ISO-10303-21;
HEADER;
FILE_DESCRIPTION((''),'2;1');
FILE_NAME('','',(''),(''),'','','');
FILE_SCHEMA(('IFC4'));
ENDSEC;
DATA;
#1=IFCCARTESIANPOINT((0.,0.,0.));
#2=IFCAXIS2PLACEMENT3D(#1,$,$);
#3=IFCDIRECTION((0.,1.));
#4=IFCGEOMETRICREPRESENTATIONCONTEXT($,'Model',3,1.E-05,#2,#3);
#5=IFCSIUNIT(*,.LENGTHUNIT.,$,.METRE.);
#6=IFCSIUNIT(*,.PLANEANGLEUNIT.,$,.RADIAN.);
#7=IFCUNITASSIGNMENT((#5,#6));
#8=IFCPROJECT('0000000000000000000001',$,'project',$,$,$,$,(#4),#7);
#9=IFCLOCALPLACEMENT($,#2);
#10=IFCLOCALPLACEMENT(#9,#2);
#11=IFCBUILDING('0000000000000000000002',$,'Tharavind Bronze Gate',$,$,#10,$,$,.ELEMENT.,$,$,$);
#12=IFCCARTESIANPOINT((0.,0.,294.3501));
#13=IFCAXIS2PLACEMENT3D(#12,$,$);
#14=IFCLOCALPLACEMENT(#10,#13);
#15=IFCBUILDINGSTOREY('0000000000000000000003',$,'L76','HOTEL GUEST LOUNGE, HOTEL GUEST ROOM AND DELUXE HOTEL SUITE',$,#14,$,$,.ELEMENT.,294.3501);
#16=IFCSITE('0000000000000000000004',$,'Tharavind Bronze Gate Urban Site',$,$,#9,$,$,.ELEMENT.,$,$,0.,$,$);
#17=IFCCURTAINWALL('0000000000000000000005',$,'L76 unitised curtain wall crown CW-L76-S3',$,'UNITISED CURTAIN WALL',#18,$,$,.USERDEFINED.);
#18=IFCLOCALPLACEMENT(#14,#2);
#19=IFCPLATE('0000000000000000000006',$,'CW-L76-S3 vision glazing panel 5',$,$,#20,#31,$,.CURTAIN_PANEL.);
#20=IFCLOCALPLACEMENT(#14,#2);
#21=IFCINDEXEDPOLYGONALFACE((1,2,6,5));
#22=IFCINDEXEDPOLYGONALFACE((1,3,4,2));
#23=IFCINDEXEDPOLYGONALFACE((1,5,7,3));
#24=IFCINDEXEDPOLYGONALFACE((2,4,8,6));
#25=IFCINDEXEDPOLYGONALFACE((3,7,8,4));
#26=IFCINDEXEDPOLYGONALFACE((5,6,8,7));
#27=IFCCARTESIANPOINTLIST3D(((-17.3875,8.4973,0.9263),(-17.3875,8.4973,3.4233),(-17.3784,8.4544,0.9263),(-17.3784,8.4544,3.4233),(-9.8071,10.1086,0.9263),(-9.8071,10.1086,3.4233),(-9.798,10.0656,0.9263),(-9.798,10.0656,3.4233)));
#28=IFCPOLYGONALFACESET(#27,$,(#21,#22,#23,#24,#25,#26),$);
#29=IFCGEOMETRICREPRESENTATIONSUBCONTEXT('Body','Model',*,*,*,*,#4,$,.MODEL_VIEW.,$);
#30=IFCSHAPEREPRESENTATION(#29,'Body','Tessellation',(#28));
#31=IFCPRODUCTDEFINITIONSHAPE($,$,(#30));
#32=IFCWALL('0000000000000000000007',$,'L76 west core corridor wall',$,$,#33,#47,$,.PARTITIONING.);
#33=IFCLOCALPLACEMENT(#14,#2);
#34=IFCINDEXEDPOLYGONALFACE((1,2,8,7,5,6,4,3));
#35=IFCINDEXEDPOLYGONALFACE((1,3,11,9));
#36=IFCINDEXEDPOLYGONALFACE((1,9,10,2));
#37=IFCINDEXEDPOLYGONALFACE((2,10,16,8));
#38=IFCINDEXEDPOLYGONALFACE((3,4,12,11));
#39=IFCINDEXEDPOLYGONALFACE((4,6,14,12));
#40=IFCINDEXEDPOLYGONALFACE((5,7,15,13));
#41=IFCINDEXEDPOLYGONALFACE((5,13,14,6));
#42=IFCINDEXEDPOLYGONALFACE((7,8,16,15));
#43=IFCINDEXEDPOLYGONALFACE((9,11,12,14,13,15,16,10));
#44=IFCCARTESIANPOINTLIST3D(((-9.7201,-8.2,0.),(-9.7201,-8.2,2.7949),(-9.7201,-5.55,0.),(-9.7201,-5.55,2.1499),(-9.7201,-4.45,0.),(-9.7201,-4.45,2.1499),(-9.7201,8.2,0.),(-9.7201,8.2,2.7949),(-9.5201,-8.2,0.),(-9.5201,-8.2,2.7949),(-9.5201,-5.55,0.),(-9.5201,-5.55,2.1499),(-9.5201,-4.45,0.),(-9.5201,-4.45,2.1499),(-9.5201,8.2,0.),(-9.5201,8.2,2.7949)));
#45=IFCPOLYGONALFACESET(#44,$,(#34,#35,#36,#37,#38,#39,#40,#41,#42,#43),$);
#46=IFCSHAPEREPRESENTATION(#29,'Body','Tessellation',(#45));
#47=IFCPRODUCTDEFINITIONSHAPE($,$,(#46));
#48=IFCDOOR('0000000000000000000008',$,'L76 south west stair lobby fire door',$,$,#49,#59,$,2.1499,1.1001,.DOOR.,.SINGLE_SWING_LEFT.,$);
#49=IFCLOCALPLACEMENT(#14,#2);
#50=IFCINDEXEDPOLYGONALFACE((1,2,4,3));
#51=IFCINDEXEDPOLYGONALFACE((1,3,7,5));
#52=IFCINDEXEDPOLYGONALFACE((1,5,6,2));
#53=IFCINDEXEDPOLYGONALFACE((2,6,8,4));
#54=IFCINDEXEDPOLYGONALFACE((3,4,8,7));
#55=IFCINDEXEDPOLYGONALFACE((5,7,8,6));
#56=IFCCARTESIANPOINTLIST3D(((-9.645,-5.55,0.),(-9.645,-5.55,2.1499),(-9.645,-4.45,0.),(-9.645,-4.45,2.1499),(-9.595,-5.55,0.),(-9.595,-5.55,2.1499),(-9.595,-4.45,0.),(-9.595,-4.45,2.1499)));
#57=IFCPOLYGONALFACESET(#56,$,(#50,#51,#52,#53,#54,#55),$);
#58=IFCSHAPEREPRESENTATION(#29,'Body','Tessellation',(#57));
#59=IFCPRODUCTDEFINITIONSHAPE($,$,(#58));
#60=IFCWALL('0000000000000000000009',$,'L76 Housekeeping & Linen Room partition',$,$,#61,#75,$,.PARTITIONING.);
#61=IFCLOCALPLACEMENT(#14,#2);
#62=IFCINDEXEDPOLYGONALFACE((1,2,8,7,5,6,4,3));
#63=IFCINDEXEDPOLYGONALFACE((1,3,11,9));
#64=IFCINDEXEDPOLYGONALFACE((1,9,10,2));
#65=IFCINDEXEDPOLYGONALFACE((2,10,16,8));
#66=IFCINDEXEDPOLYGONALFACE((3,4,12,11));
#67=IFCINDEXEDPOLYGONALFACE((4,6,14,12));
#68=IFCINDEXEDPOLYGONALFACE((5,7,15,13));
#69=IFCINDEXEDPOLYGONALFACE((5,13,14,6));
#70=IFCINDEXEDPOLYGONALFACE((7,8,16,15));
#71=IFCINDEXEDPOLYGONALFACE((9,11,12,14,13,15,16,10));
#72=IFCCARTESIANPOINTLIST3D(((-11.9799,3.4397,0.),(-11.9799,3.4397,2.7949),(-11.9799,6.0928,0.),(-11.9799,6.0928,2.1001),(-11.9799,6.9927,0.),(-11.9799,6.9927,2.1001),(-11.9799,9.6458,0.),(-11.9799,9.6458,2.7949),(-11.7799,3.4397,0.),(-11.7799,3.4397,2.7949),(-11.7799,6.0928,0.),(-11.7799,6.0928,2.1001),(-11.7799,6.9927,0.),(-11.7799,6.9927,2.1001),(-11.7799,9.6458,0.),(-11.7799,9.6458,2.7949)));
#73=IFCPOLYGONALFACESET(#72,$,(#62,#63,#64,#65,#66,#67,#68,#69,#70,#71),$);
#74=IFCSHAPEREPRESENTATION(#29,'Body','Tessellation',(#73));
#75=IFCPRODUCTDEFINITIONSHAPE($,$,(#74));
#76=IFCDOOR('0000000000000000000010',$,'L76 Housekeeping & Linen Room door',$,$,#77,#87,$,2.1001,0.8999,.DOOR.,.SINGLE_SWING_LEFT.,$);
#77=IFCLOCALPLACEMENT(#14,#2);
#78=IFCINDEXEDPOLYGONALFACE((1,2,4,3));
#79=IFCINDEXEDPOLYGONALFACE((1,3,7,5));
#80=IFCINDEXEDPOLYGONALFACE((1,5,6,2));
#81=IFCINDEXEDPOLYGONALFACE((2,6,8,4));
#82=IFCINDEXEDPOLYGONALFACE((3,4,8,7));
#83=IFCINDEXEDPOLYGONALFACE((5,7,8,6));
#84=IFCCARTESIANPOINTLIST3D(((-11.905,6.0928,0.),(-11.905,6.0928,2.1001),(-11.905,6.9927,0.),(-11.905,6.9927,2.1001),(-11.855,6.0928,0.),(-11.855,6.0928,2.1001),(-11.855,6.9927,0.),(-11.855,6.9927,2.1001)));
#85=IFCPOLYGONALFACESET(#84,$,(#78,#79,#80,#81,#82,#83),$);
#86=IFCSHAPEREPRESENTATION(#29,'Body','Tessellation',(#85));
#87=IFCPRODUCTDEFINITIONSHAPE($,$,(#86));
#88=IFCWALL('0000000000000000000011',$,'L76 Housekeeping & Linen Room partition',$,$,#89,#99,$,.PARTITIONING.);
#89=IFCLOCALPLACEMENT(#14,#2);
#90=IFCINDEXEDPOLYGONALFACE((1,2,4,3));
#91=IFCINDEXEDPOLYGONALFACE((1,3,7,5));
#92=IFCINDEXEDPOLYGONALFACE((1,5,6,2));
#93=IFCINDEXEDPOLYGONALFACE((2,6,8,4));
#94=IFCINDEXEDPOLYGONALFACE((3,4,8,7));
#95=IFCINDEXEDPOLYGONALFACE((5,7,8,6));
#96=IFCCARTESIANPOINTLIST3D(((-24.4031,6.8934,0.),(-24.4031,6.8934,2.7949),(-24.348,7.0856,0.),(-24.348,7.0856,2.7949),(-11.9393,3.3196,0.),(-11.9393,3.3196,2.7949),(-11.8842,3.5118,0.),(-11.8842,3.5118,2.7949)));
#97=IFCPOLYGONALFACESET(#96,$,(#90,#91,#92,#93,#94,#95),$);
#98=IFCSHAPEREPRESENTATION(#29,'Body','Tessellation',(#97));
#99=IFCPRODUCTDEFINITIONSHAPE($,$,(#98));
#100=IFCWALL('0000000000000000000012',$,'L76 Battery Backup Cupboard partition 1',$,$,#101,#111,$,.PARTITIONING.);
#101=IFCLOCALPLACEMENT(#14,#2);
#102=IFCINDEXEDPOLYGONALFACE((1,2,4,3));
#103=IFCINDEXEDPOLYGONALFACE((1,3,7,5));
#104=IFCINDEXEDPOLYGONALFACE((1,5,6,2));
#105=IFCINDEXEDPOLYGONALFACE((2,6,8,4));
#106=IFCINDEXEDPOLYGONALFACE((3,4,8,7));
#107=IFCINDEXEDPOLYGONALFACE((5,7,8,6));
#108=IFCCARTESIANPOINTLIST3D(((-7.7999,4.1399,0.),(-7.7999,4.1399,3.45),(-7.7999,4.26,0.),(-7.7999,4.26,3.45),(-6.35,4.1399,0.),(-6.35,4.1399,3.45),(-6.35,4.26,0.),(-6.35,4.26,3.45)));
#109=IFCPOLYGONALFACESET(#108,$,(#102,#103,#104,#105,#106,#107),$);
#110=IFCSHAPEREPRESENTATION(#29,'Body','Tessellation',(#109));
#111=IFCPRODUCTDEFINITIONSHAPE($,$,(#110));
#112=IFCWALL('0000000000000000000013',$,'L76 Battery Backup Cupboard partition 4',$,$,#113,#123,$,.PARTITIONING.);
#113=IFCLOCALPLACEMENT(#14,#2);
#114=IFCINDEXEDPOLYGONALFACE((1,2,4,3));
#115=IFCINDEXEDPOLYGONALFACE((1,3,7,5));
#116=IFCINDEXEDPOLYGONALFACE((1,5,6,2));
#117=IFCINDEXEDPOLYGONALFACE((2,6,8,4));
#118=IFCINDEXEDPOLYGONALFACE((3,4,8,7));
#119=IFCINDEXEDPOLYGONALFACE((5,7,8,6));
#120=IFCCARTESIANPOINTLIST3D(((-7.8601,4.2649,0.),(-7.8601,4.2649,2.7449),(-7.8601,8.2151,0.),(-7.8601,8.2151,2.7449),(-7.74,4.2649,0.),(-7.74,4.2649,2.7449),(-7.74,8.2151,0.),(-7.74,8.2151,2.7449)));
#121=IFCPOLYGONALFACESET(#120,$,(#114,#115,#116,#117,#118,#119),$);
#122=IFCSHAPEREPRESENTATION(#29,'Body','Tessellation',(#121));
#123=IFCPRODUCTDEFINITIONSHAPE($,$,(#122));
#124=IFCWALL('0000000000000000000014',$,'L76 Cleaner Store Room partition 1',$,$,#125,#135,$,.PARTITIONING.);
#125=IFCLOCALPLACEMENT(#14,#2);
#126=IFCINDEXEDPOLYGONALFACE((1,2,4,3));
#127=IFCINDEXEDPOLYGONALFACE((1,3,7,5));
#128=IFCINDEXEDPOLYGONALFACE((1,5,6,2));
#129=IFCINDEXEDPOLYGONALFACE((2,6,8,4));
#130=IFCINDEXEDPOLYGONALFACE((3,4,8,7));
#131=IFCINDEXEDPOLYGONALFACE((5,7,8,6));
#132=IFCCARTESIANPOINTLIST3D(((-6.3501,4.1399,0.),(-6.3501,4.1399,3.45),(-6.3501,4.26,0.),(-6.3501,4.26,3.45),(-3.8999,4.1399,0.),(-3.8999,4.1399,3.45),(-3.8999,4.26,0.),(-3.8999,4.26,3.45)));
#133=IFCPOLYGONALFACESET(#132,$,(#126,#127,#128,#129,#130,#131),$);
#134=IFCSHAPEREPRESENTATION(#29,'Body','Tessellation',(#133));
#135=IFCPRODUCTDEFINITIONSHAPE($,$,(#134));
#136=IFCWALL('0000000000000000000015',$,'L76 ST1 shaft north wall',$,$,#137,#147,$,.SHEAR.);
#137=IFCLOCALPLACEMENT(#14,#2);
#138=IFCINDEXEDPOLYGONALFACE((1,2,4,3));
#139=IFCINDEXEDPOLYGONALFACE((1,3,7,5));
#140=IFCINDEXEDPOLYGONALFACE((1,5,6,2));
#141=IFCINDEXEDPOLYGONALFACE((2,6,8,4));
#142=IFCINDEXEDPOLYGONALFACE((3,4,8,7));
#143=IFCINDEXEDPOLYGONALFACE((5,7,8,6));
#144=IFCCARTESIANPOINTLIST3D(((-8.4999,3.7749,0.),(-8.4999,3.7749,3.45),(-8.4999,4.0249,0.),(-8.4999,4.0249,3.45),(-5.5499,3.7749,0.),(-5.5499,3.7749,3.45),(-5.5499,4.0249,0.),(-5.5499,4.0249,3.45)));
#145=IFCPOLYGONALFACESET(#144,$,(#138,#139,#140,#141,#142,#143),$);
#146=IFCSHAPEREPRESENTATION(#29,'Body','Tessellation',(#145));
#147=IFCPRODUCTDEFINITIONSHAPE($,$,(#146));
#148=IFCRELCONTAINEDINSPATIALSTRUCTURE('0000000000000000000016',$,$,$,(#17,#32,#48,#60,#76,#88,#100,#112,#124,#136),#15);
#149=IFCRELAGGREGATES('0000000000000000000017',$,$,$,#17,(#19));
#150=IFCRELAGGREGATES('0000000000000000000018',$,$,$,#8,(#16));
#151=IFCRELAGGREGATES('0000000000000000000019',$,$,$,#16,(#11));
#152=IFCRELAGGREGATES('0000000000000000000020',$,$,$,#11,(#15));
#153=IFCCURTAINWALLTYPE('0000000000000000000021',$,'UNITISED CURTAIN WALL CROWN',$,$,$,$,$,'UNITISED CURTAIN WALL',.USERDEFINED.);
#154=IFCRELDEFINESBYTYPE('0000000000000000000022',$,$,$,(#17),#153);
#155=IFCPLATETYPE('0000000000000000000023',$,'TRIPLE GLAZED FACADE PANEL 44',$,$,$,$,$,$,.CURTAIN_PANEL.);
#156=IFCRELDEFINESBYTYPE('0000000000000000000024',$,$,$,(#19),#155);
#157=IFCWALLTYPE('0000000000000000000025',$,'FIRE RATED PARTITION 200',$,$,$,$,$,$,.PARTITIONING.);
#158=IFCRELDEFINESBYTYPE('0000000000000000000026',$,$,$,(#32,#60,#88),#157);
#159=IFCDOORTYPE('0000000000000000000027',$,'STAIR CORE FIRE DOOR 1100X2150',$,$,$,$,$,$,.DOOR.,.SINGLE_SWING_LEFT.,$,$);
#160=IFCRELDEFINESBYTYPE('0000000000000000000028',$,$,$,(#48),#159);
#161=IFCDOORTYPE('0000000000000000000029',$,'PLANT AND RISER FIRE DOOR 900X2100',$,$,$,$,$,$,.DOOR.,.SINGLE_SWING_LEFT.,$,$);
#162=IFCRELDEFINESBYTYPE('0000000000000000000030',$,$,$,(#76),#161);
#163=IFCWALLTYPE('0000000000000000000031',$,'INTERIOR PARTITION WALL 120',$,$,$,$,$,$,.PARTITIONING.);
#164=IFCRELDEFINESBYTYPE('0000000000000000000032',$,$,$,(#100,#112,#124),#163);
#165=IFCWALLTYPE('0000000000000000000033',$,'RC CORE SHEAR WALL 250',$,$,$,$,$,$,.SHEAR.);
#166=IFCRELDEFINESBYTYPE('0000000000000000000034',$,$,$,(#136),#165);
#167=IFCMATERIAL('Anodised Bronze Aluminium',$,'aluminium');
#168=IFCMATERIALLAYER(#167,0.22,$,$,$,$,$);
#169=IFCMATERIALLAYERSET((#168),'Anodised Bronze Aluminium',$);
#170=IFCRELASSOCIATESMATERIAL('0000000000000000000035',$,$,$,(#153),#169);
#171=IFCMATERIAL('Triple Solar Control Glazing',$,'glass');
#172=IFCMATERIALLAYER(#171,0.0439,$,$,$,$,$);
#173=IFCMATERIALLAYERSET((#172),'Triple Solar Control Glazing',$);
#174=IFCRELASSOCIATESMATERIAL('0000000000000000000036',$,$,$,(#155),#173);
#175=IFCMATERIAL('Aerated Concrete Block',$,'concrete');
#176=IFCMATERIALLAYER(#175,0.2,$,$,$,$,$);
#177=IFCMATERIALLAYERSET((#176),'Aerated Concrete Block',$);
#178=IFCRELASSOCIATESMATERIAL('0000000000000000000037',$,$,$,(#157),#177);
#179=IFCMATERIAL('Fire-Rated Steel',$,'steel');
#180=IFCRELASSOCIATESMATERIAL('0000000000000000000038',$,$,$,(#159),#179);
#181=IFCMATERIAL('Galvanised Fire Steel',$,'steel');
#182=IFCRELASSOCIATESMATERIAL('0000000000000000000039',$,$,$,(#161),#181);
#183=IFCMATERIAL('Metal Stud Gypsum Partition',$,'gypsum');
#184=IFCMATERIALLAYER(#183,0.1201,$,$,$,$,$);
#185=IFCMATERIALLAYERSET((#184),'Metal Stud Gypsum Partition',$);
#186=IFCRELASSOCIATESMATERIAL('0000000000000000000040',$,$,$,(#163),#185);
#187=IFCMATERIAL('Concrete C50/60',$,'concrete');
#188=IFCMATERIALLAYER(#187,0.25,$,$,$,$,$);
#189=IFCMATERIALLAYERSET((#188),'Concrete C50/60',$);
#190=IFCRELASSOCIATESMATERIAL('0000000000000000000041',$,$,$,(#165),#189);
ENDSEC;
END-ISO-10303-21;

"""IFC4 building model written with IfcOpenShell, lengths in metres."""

from ifc_helpers import new_model, si_unit, direction, frame, frame_2d, origin, origin_2d, place, context, subcontext, project, spatial, rectangle, extrude, material, layer, layer_set, type_object, element, fill, aggregate, save


model = new_model("IFC4")

# Units and contexts
model_context = context("Model", 3, precision=1e-05, world=origin(), true_north=direction((0.0, 1.0)))
body_context = subcontext(model_context, "Body", "Model", "MODEL_VIEW")
ifc_project = project(units=[si_unit("LENGTHUNIT", "METRE"), si_unit("PLANEANGLEUNIT", "RADIAN")], contexts=[model_context])

# Site, building, storey
site_placement = place(None, origin())
site = spatial("IfcSite", under=ifc_project, at=site_placement, Name="Tharavind Bronze Gate Urban Site", CompositionType="ELEMENT", RefElevation=0.0)
building_placement = place(site_placement, origin())
building = spatial("IfcBuilding", under=site, at=building_placement, Name="Tharavind Bronze Gate", CompositionType="ELEMENT")
storey_placement = place(building_placement, frame((0.0, 0.0, 294.3501)))
storey = spatial("IfcBuildingStorey", under=building, at=storey_placement, Name="L76", Description="HOTEL GUEST LOUNGE, HOTEL GUEST ROOM AND DELUXE HOTEL SUITE", CompositionType="ELEMENT", Elevation=294.3501)

# Shared definitions
ifc_material_1 = material(Name="Concrete C50/60", Category="concrete")

# Curtain wall
ifc_material_2 = material(Name="Anodised Bronze Aluminium", Category="aluminium")
ifc_layer_1 = layer(ifc_material_2, 0.22)
ifc_layer_set_1 = layer_set([ifc_layer_1], Name="Anodised Bronze Aluminium")
curtain_wall_type = type_object("IfcCurtainWallType", Name="UNITISED CURTAIN WALL CROWN", ElementType="UNITISED CURTAIN WALL", PredefinedType="USERDEFINED", material=ifc_layer_set_1)
curtain_wall_placement = place(storey_placement, origin())
curtain_wall = element("IfcCurtainWall", 1, at=curtain_wall_placement, inside=storey, type_object=curtain_wall_type, Name="L76 unitised curtain wall crown CW-L76-S3", ObjectType="UNITISED CURTAIN WALL", PredefinedType="USERDEFINED")

# Plate
ifc_material_3 = material(Name="Triple Solar Control Glazing", Category="glass")
ifc_layer_2 = layer(ifc_material_3, 0.0439)
ifc_layer_set_2 = layer_set([ifc_layer_2], Name="Triple Solar Control Glazing")
plate_type_1 = type_object("IfcPlateType", Name="TRIPLE GLAZED FACADE PANEL 44", PredefinedType="CURTAIN_PANEL", material=ifc_layer_set_2)
plate_1_placement = place(storey_placement, frame((-13.5928, 9.2815, 0.9263), z_axis=(0.0, 0.0, 1.0), x_axis=(-0.978147, -0.207913, 0.0)))
plate_1 = element("IfcPlate", 2, at=plate_1_placement, type_object=plate_type_1, Name="CW-L76-S3 vision glazing panel 5", PredefinedType="CURTAIN_PANEL", context=body_context, shape_type="SweptSolid", body=[
    extrude(rectangle(XDim=7.7498, YDim=0.0439, at=origin_2d()), origin(), (0.0, 0.0, 1.0), 2.4971),
])
aggregate(curtain_wall, [plate_1])

# Walls, openings, doors
ifc_material_4 = material(Name="Aerated Concrete Block", Category="concrete")
ifc_layer_3 = layer(ifc_material_4, 0.2)
ifc_layer_set_3 = layer_set([ifc_layer_3], Name="Aerated Concrete Block")
wall_type_1 = type_object("IfcWallType", Name="FIRE RATED PARTITION 200", PredefinedType="PARTITIONING", material=ifc_layer_set_3)
wall_1_placement = place(storey_placement, frame((-9.6201, 8.2, 0.0), z_axis=(0.0, 0.0, 1.0), x_axis=(0.0, -1.0, 0.0)))
wall_1 = element("IfcWall", 3, at=wall_1_placement, inside=storey, type_object=wall_type_1, Name="L76 west core corridor wall", PredefinedType="PARTITIONING", context=body_context, shape_type="SweptSolid", body=[
    extrude(rectangle(XDim=16.3999, YDim=0.2, at=frame_2d((8.2, 0.0))), origin(), (0.0, 0.0, 1.0), 2.7949),
])
opening_1_placement = place(wall_1_placement, frame((12.6499, 0.0, 0.0)))
opening_1 = element("IfcOpeningElement", 4, at=opening_1_placement, cuts=wall_1, PredefinedType="OPENING", context=body_context, shape_type="SweptSolid", body=[
    extrude(rectangle(XDim=1.1001, YDim=2.1499, at=frame_2d((0.55, 1.075))), frame((0.0, 0.1101, 0.0), z_axis=(0.0, -1.0, 0.0), x_axis=(1.0, 0.0, 0.0)), (0.0, 0.0, 1.0), 0.22),
])
ifc_material_5 = material(Name="Fire-Rated Steel", Category="steel")
door_type_1 = type_object("IfcDoorType", Name="STAIR CORE FIRE DOOR 1100X2150", OperationType="SINGLE_SWING_LEFT", PredefinedType="DOOR", material=ifc_material_5)
door_1_placement = place(opening_1_placement, frame((1.1001, 0.0, 0.0), z_axis=(0.0, 0.0, 1.0), x_axis=(-1.0, 0.0, 0.0)))
door_1 = element("IfcDoor", 5, at=door_1_placement, inside=storey, type_object=door_type_1, Name="L76 south west stair lobby fire door", OperationType="SINGLE_SWING_LEFT", OverallHeight=2.1499, OverallWidth=1.1001, PredefinedType="DOOR", context=body_context, shape_type="SweptSolid", body=[
    extrude(rectangle(XDim=1.1001, YDim=2.1499, at=frame_2d((0.55, 1.075))), frame((0.0, 0.0249, 0.0), z_axis=(0.0, -1.0, 0.0), x_axis=(1.0, 0.0, 0.0)), (0.0, 0.0, 1.0), 0.05),
])
fill(opening_1, door_1)
wall_2_placement = place(storey_placement, frame((-11.8799, 9.6458, 0.0), z_axis=(0.0, 0.0, 1.0), x_axis=(0.0, -1.0, 0.0)))
wall_2 = element("IfcWall", 6, at=wall_2_placement, inside=storey, type_object=wall_type_1, Name="L76 Housekeeping & Linen Room partition", PredefinedType="PARTITIONING", context=body_context, shape_type="SweptSolid", body=[
    extrude(rectangle(XDim=6.2061, YDim=0.2, at=frame_2d((3.103, 0.0))), origin(), (0.0, 0.0, 1.0), 2.7949),
])
opening_2_placement = place(wall_2_placement, frame((2.6531, 0.0, 0.0)))
opening_2 = element("IfcOpeningElement", 7, at=opening_2_placement, cuts=wall_2, PredefinedType="OPENING", context=body_context, shape_type="SweptSolid", body=[
    extrude(rectangle(XDim=0.8999, YDim=2.1001, at=frame_2d((0.45, 1.05))), frame((0.0, 0.1101, 0.0), z_axis=(0.0, -1.0, 0.0), x_axis=(1.0, 0.0, 0.0)), (0.0, 0.0, 1.0), 0.22),
])
ifc_material_6 = material(Name="Galvanised Fire Steel", Category="steel")
door_type_2 = type_object("IfcDoorType", Name="PLANT AND RISER FIRE DOOR 900X2100", OperationType="SINGLE_SWING_LEFT", PredefinedType="DOOR", material=ifc_material_6)
door_2_placement = place(opening_2_placement, origin())
door_2 = element("IfcDoor", 8, at=door_2_placement, inside=storey, type_object=door_type_2, Name="L76 Housekeeping & Linen Room door", OperationType="SINGLE_SWING_LEFT", OverallHeight=2.1001, OverallWidth=0.8999, PredefinedType="DOOR", context=body_context, shape_type="SweptSolid", body=[
    extrude(rectangle(XDim=0.8999, YDim=2.1001, at=frame_2d((0.45, 1.05))), frame((0.0, 0.0249, 0.0), z_axis=(0.0, -1.0, 0.0), x_axis=(1.0, 0.0, 0.0)), (0.0, 0.0, 1.0), 0.05),
])
fill(opening_2, door_2)

# Wall
wall_3_placement = place(storey_placement, frame((-11.9119, 3.4158, 0.0), z_axis=(0.0, 0.0, 1.0), x_axis=(-0.961266, 0.275621, 0.0)))
element("IfcWall", 9, at=wall_3_placement, inside=storey, type_object=wall_type_1, Name="L76 Housekeeping & Linen Room partition", PredefinedType="PARTITIONING", context=body_context, shape_type="SweptSolid", body=[
    extrude(rectangle(XDim=12.9661, YDim=0.2, at=frame_2d((6.4829, 0.0))), origin(), (0.0, 0.0, 1.0), 2.7949),
])

# Walls
ifc_material_7 = material(Name="Metal Stud Gypsum Partition", Category="gypsum")
ifc_layer_4 = layer(ifc_material_7, 0.1201)
ifc_layer_set_4 = layer_set([ifc_layer_4], Name="Metal Stud Gypsum Partition")
wall_type_2 = type_object("IfcWallType", Name="INTERIOR PARTITION WALL 120", PredefinedType="PARTITIONING", material=ifc_layer_set_4)
wall_4_placement = place(storey_placement, frame((-7.8, 4.2, 0.0), z_axis=(0.0, 0.0, 1.0), x_axis=(1.0, 0.0, 0.0)))
element("IfcWall", 10, at=wall_4_placement, inside=storey, type_object=wall_type_2, Name="L76 Battery Backup Cupboard partition 1", PredefinedType="PARTITIONING", context=body_context, shape_type="SweptSolid", body=[
    extrude(rectangle(XDim=1.45, YDim=0.1201, at=frame_2d((0.7251, 0.0))), origin(), (0.0, 0.0, 1.0), 3.45),
])
wall_5_placement = place(storey_placement, frame((-7.8, 8.2151, 0.0), z_axis=(0.0, 0.0, 1.0), x_axis=(0.0, -1.0, 0.0)))
element("IfcWall", 11, at=wall_5_placement, inside=storey, type_object=wall_type_2, Name="L76 Battery Backup Cupboard partition 4", PredefinedType="PARTITIONING", context=body_context, shape_type="SweptSolid", body=[
    extrude(rectangle(XDim=3.9502, YDim=0.1201, at=frame_2d((1.9751, 0.0))), origin(), (0.0, 0.0, 1.0), 2.7449),
])
wall_6_placement = place(storey_placement, frame((-6.3501, 4.2, 0.0), z_axis=(0.0, 0.0, 1.0), x_axis=(1.0, 0.0, 0.0)))
element("IfcWall", 12, at=wall_6_placement, inside=storey, type_object=wall_type_2, Name="L76 Cleaner Store Room partition 1", PredefinedType="PARTITIONING", context=body_context, shape_type="SweptSolid", body=[
    extrude(rectangle(XDim=2.4502, YDim=0.1201, at=frame_2d((1.2251, 0.0))), origin(), (0.0, 0.0, 1.0), 3.45),
])
ifc_layer_5 = layer(ifc_material_1, 0.25)
ifc_layer_set_5 = layer_set([ifc_layer_5], Name="Concrete C50/60")
wall_type_3 = type_object("IfcWallType", Name="RC CORE SHEAR WALL 250", PredefinedType="SHEAR", material=ifc_layer_set_5)
wall_7_placement = place(storey_placement, frame((-8.5, 3.8999, 0.0), z_axis=(0.0, 0.0, 1.0), x_axis=(1.0, 0.0, 0.0)))
element("IfcWall", 13, at=wall_7_placement, inside=storey, type_object=wall_type_3, Name="L76 ST1 shaft north wall", PredefinedType="SHEAR", context=body_context, shape_type="SweptSolid", body=[
    extrude(rectangle(XDim=2.95, YDim=0.25, at=frame_2d((1.4751, 0.0))), origin(), (0.0, 0.0, 1.0), 3.45),
])

save(model, "model.ifc")
